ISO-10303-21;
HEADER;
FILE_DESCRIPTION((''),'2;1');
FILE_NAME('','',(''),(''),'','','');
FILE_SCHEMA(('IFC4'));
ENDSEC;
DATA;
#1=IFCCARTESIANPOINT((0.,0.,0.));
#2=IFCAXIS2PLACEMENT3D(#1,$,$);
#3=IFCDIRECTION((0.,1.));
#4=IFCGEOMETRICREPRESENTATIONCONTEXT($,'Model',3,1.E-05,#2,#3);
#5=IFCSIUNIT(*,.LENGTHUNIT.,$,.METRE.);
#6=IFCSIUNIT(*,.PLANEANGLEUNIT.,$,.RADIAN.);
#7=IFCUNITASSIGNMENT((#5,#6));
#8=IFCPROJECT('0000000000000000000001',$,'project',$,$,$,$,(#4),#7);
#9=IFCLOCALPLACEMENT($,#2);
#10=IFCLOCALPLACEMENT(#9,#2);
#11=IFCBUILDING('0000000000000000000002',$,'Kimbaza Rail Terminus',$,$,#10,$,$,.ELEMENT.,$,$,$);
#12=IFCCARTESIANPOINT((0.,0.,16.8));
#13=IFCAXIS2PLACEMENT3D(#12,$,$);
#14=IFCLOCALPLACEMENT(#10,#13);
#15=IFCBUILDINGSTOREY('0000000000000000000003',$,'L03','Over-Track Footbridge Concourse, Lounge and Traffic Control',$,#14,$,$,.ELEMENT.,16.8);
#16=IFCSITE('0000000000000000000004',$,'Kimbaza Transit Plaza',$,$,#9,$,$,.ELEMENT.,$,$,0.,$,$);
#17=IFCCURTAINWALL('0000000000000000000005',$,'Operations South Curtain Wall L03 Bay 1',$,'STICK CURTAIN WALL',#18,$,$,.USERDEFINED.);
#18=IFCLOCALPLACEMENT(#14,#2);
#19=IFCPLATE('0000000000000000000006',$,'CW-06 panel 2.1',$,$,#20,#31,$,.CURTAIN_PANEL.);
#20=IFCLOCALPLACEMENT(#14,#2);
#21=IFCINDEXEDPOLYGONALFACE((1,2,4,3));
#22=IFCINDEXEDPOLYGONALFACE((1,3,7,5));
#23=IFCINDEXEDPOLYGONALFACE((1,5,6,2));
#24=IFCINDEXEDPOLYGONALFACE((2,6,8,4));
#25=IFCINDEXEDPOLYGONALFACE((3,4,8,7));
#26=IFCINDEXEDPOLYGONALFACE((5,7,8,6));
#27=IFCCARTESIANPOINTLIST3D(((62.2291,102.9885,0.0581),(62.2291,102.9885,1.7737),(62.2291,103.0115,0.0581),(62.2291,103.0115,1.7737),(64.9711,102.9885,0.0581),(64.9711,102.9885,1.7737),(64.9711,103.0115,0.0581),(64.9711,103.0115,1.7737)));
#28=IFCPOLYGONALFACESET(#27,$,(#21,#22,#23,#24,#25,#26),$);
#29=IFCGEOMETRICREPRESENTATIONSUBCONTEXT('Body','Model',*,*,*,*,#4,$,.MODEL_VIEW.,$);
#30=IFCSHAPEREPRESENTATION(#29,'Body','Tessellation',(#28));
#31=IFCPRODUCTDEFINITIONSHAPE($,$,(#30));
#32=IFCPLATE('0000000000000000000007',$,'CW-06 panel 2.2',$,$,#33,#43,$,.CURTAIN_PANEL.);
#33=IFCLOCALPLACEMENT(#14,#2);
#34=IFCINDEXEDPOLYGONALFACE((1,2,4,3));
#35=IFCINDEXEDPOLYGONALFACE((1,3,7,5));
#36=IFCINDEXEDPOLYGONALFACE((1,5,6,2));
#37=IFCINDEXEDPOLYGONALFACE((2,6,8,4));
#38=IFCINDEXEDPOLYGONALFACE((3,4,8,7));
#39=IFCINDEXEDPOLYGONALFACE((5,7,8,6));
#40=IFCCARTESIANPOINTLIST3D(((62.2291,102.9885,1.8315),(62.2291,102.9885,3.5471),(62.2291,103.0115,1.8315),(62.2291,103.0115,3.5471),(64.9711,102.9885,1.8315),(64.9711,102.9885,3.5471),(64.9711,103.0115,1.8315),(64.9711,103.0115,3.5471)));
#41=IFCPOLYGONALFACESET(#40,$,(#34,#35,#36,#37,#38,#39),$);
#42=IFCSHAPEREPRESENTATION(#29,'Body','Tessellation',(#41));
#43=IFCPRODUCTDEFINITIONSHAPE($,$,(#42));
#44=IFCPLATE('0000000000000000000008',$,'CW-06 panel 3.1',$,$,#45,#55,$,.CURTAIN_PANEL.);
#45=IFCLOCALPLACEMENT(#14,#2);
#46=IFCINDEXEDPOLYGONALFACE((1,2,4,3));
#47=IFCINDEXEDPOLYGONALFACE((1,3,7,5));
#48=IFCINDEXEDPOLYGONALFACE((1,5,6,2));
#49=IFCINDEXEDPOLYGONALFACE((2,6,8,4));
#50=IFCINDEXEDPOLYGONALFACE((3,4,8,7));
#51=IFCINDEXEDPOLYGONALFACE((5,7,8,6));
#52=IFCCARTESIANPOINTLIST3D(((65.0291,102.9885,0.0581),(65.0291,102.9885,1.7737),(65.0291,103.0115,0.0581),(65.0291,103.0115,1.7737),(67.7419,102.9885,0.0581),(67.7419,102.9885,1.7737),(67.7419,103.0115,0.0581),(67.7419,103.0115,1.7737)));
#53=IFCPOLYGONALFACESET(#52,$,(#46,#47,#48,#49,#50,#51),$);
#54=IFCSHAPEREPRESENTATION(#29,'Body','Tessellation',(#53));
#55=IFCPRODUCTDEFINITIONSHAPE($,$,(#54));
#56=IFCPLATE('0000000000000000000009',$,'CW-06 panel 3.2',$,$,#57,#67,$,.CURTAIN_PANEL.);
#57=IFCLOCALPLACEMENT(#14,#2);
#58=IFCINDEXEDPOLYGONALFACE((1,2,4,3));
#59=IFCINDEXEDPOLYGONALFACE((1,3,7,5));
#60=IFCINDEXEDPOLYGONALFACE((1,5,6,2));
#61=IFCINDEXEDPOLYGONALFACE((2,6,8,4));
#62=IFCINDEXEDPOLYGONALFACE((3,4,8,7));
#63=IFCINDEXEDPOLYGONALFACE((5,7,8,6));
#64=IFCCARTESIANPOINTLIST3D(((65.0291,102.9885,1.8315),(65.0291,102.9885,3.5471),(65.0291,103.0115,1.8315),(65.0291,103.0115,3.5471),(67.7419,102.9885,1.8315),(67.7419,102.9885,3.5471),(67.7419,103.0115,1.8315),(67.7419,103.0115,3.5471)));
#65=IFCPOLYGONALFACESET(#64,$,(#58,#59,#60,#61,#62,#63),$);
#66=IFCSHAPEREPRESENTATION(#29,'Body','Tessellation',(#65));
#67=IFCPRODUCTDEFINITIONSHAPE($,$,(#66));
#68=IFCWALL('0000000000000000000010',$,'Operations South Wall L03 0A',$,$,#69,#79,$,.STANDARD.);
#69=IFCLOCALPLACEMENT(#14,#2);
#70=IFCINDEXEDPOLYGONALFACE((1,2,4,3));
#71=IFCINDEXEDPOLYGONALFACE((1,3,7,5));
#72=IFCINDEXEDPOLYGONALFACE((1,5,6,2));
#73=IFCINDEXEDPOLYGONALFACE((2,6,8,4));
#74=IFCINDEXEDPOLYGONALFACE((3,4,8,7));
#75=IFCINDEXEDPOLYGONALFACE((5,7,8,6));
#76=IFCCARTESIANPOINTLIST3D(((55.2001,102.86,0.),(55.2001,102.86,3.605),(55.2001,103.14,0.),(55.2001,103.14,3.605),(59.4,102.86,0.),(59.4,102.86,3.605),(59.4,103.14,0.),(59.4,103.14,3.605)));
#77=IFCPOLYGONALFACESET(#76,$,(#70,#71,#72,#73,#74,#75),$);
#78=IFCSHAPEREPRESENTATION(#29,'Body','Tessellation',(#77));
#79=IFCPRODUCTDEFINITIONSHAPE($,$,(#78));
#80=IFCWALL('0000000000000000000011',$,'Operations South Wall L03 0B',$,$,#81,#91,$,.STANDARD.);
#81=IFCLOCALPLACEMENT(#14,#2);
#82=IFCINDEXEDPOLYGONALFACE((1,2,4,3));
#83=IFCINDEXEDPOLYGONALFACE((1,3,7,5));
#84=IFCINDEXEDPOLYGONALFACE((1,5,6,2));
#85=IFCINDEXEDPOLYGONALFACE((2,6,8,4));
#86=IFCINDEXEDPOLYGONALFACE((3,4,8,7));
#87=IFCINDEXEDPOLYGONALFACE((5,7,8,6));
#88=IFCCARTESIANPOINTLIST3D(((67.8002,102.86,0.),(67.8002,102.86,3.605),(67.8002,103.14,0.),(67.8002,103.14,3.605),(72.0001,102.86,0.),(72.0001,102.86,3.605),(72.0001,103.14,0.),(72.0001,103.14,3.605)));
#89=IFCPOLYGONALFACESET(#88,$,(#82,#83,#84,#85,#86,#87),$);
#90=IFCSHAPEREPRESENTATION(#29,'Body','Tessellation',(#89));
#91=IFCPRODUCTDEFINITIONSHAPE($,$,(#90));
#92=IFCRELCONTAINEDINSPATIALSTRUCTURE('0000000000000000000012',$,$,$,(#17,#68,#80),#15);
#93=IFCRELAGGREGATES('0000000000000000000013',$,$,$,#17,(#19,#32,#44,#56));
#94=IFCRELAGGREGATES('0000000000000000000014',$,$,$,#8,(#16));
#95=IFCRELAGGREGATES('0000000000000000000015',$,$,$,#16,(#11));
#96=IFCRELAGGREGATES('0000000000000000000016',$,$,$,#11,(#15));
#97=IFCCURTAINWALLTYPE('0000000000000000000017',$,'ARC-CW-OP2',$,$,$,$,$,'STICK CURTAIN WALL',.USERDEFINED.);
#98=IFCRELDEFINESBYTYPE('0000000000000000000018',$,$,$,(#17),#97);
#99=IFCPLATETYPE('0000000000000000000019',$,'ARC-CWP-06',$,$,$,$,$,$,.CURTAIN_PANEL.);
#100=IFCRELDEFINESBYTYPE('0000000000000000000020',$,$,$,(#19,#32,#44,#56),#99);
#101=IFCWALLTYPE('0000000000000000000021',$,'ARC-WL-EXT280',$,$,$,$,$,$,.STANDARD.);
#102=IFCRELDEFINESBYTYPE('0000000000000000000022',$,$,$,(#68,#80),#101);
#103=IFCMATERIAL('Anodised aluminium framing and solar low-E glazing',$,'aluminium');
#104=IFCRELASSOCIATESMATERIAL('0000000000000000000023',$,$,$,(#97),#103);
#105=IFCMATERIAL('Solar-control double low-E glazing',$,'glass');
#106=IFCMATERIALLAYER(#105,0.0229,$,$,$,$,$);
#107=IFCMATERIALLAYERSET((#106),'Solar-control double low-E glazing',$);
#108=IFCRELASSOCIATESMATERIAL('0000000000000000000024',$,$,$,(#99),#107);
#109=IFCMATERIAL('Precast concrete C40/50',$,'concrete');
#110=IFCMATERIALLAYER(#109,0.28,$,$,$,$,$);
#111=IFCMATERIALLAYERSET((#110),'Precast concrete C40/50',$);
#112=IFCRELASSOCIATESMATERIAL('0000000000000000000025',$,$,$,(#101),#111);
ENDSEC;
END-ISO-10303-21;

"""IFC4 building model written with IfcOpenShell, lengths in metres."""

from ifc_helpers import new_model, si_unit, direction, frame, frame_2d, origin, origin_2d, place, context, subcontext, project, spatial, rectangle, extrude, material, layer, layer_set, type_object, element, aggregate, save


model = new_model("IFC4")

# Units and contexts
model_context = context("Model", 3, precision=1e-05, world=origin(), true_north=direction((0.0, 1.0)))
body_context = subcontext(model_context, "Body", "Model", "MODEL_VIEW")
ifc_project = project(units=[si_unit("LENGTHUNIT", "METRE"), si_unit("PLANEANGLEUNIT", "RADIAN")], contexts=[model_context])

# Site, building, storey
site_placement = place(None, origin())
site = spatial("IfcSite", under=ifc_project, at=site_placement, Name="Kimbaza Transit Plaza", CompositionType="ELEMENT", RefElevation=0.0)
building_placement = place(site_placement, origin())
building = spatial("IfcBuilding", under=site, at=building_placement, Name="Kimbaza Rail Terminus", CompositionType="ELEMENT")
storey_placement = place(building_placement, frame((0.0, 0.0, 16.8)))
storey = spatial("IfcBuildingStorey", under=building, at=storey_placement, Name="L03", Description="Over-Track Footbridge Concourse, Lounge and Traffic Control", CompositionType="ELEMENT", Elevation=16.8)

# Curtain wall
ifc_material_1 = material(Name="Anodised aluminium framing and solar low-E glazing", Category="aluminium")
curtain_wall_type_1 = type_object("IfcCurtainWallType", Name="ARC-CW-OP2", ElementType="STICK CURTAIN WALL", PredefinedType="USERDEFINED", material=ifc_material_1)
curtain_wall_1_placement = place(storey_placement, origin())
curtain_wall_1 = element("IfcCurtainWall", 1, at=curtain_wall_1_placement, inside=storey, type_object=curtain_wall_type_1, Name="Operations South Curtain Wall L03 Bay 1", ObjectType="STICK CURTAIN WALL", PredefinedType="USERDEFINED")

# Plates
ifc_material_2 = material(Name="Solar-control double low-E glazing", Category="glass")
ifc_layer_1 = layer(ifc_material_2, 0.0229)
ifc_layer_set_1 = layer_set([ifc_layer_1], Name="Solar-control double low-E glazing")
plate_type = type_object("IfcPlateType", Name="ARC-CWP-06", PredefinedType="CURTAIN_PANEL", material=ifc_layer_set_1)
plate_1_placement = place(storey_placement, frame((63.6001, 103.0, 0.0581), z_axis=(0.0, 0.0, 1.0), x_axis=(1.0, 0.0, 0.0)))
plate_1 = element("IfcPlate", 2, at=plate_1_placement, type_object=plate_type, Name="CW-06 panel 2.1", PredefinedType="CURTAIN_PANEL", context=body_context, shape_type="SweptSolid", body=[
    extrude(rectangle(XDim=2.7419, YDim=0.0229, at=origin_2d()), origin(), (0.0, 0.0, 1.0), 1.7156),
])
plate_2_placement = place(storey_placement, frame((63.6001, 103.0, 1.8315), z_axis=(0.0, 0.0, 1.0), x_axis=(1.0, 0.0, 0.0)))
plate_2 = element("IfcPlate", 3, at=plate_2_placement, type_object=plate_type, Name="CW-06 panel 2.2", PredefinedType="CURTAIN_PANEL", context=body_context, shape_type="SweptSolid", body=[
    extrude(rectangle(XDim=2.7419, YDim=0.0229, at=origin_2d()), origin(), (0.0, 0.0, 1.0), 1.7156),
])
plate_3_placement = place(storey_placement, frame((66.3855, 103.0, 0.0581), z_axis=(0.0, 0.0, 1.0), x_axis=(1.0, 0.0, 0.0)))
plate_3 = element("IfcPlate", 4, at=plate_3_placement, type_object=plate_type, Name="CW-06 panel 3.1", PredefinedType="CURTAIN_PANEL", context=body_context, shape_type="SweptSolid", body=[
    extrude(rectangle(XDim=2.7129, YDim=0.0229, at=origin_2d()), origin(), (0.0, 0.0, 1.0), 1.7156),
])
plate_4_placement = place(storey_placement, frame((66.3855, 103.0, 1.8315), z_axis=(0.0, 0.0, 1.0), x_axis=(1.0, 0.0, 0.0)))
plate_4 = element("IfcPlate", 5, at=plate_4_placement, type_object=plate_type, Name="CW-06 panel 3.2", PredefinedType="CURTAIN_PANEL", context=body_context, shape_type="SweptSolid", body=[
    extrude(rectangle(XDim=2.7129, YDim=0.0229, at=origin_2d()), origin(), (0.0, 0.0, 1.0), 1.7156),
])
aggregate(curtain_wall_1, [plate_1, plate_2, plate_3, plate_4])

# Walls
ifc_material_3 = material(Name="Precast concrete C40/50", Category="concrete")
ifc_layer_2 = layer(ifc_material_3, 0.28)
ifc_layer_set_2 = layer_set([ifc_layer_2], Name="Precast concrete C40/50")
wall_type = type_object("IfcWallType", Name="ARC-WL-EXT280", PredefinedType="STANDARD", material=ifc_layer_set_2)
for number, where, z_axis, x_axis, name in (
    (6, (55.2, 103.0, 0.0), (0.0, 0.0, 1.0), (1.0, 0.0, 0.0), "Operations South Wall L03 0A"),
    (7, (67.8, 103.0, 0.0), (0.0, 0.0, 1.0), (1.0, 0.0, 0.0), "Operations South Wall L03 0B"),
):
    element("IfcWall", number, at=place(storey_placement, frame(where, z_axis=z_axis, x_axis=x_axis)), inside=storey, type_object=wall_type, Name=name, PredefinedType="STANDARD", context=body_context, shape_type="SweptSolid", body=[
        extrude(rectangle(XDim=4.2, YDim=0.28, at=frame_2d((2.1001, 0.0))), origin(), (0.0, 0.0, 1.0), 3.605),
    ])

save(model, "model.ifc")
